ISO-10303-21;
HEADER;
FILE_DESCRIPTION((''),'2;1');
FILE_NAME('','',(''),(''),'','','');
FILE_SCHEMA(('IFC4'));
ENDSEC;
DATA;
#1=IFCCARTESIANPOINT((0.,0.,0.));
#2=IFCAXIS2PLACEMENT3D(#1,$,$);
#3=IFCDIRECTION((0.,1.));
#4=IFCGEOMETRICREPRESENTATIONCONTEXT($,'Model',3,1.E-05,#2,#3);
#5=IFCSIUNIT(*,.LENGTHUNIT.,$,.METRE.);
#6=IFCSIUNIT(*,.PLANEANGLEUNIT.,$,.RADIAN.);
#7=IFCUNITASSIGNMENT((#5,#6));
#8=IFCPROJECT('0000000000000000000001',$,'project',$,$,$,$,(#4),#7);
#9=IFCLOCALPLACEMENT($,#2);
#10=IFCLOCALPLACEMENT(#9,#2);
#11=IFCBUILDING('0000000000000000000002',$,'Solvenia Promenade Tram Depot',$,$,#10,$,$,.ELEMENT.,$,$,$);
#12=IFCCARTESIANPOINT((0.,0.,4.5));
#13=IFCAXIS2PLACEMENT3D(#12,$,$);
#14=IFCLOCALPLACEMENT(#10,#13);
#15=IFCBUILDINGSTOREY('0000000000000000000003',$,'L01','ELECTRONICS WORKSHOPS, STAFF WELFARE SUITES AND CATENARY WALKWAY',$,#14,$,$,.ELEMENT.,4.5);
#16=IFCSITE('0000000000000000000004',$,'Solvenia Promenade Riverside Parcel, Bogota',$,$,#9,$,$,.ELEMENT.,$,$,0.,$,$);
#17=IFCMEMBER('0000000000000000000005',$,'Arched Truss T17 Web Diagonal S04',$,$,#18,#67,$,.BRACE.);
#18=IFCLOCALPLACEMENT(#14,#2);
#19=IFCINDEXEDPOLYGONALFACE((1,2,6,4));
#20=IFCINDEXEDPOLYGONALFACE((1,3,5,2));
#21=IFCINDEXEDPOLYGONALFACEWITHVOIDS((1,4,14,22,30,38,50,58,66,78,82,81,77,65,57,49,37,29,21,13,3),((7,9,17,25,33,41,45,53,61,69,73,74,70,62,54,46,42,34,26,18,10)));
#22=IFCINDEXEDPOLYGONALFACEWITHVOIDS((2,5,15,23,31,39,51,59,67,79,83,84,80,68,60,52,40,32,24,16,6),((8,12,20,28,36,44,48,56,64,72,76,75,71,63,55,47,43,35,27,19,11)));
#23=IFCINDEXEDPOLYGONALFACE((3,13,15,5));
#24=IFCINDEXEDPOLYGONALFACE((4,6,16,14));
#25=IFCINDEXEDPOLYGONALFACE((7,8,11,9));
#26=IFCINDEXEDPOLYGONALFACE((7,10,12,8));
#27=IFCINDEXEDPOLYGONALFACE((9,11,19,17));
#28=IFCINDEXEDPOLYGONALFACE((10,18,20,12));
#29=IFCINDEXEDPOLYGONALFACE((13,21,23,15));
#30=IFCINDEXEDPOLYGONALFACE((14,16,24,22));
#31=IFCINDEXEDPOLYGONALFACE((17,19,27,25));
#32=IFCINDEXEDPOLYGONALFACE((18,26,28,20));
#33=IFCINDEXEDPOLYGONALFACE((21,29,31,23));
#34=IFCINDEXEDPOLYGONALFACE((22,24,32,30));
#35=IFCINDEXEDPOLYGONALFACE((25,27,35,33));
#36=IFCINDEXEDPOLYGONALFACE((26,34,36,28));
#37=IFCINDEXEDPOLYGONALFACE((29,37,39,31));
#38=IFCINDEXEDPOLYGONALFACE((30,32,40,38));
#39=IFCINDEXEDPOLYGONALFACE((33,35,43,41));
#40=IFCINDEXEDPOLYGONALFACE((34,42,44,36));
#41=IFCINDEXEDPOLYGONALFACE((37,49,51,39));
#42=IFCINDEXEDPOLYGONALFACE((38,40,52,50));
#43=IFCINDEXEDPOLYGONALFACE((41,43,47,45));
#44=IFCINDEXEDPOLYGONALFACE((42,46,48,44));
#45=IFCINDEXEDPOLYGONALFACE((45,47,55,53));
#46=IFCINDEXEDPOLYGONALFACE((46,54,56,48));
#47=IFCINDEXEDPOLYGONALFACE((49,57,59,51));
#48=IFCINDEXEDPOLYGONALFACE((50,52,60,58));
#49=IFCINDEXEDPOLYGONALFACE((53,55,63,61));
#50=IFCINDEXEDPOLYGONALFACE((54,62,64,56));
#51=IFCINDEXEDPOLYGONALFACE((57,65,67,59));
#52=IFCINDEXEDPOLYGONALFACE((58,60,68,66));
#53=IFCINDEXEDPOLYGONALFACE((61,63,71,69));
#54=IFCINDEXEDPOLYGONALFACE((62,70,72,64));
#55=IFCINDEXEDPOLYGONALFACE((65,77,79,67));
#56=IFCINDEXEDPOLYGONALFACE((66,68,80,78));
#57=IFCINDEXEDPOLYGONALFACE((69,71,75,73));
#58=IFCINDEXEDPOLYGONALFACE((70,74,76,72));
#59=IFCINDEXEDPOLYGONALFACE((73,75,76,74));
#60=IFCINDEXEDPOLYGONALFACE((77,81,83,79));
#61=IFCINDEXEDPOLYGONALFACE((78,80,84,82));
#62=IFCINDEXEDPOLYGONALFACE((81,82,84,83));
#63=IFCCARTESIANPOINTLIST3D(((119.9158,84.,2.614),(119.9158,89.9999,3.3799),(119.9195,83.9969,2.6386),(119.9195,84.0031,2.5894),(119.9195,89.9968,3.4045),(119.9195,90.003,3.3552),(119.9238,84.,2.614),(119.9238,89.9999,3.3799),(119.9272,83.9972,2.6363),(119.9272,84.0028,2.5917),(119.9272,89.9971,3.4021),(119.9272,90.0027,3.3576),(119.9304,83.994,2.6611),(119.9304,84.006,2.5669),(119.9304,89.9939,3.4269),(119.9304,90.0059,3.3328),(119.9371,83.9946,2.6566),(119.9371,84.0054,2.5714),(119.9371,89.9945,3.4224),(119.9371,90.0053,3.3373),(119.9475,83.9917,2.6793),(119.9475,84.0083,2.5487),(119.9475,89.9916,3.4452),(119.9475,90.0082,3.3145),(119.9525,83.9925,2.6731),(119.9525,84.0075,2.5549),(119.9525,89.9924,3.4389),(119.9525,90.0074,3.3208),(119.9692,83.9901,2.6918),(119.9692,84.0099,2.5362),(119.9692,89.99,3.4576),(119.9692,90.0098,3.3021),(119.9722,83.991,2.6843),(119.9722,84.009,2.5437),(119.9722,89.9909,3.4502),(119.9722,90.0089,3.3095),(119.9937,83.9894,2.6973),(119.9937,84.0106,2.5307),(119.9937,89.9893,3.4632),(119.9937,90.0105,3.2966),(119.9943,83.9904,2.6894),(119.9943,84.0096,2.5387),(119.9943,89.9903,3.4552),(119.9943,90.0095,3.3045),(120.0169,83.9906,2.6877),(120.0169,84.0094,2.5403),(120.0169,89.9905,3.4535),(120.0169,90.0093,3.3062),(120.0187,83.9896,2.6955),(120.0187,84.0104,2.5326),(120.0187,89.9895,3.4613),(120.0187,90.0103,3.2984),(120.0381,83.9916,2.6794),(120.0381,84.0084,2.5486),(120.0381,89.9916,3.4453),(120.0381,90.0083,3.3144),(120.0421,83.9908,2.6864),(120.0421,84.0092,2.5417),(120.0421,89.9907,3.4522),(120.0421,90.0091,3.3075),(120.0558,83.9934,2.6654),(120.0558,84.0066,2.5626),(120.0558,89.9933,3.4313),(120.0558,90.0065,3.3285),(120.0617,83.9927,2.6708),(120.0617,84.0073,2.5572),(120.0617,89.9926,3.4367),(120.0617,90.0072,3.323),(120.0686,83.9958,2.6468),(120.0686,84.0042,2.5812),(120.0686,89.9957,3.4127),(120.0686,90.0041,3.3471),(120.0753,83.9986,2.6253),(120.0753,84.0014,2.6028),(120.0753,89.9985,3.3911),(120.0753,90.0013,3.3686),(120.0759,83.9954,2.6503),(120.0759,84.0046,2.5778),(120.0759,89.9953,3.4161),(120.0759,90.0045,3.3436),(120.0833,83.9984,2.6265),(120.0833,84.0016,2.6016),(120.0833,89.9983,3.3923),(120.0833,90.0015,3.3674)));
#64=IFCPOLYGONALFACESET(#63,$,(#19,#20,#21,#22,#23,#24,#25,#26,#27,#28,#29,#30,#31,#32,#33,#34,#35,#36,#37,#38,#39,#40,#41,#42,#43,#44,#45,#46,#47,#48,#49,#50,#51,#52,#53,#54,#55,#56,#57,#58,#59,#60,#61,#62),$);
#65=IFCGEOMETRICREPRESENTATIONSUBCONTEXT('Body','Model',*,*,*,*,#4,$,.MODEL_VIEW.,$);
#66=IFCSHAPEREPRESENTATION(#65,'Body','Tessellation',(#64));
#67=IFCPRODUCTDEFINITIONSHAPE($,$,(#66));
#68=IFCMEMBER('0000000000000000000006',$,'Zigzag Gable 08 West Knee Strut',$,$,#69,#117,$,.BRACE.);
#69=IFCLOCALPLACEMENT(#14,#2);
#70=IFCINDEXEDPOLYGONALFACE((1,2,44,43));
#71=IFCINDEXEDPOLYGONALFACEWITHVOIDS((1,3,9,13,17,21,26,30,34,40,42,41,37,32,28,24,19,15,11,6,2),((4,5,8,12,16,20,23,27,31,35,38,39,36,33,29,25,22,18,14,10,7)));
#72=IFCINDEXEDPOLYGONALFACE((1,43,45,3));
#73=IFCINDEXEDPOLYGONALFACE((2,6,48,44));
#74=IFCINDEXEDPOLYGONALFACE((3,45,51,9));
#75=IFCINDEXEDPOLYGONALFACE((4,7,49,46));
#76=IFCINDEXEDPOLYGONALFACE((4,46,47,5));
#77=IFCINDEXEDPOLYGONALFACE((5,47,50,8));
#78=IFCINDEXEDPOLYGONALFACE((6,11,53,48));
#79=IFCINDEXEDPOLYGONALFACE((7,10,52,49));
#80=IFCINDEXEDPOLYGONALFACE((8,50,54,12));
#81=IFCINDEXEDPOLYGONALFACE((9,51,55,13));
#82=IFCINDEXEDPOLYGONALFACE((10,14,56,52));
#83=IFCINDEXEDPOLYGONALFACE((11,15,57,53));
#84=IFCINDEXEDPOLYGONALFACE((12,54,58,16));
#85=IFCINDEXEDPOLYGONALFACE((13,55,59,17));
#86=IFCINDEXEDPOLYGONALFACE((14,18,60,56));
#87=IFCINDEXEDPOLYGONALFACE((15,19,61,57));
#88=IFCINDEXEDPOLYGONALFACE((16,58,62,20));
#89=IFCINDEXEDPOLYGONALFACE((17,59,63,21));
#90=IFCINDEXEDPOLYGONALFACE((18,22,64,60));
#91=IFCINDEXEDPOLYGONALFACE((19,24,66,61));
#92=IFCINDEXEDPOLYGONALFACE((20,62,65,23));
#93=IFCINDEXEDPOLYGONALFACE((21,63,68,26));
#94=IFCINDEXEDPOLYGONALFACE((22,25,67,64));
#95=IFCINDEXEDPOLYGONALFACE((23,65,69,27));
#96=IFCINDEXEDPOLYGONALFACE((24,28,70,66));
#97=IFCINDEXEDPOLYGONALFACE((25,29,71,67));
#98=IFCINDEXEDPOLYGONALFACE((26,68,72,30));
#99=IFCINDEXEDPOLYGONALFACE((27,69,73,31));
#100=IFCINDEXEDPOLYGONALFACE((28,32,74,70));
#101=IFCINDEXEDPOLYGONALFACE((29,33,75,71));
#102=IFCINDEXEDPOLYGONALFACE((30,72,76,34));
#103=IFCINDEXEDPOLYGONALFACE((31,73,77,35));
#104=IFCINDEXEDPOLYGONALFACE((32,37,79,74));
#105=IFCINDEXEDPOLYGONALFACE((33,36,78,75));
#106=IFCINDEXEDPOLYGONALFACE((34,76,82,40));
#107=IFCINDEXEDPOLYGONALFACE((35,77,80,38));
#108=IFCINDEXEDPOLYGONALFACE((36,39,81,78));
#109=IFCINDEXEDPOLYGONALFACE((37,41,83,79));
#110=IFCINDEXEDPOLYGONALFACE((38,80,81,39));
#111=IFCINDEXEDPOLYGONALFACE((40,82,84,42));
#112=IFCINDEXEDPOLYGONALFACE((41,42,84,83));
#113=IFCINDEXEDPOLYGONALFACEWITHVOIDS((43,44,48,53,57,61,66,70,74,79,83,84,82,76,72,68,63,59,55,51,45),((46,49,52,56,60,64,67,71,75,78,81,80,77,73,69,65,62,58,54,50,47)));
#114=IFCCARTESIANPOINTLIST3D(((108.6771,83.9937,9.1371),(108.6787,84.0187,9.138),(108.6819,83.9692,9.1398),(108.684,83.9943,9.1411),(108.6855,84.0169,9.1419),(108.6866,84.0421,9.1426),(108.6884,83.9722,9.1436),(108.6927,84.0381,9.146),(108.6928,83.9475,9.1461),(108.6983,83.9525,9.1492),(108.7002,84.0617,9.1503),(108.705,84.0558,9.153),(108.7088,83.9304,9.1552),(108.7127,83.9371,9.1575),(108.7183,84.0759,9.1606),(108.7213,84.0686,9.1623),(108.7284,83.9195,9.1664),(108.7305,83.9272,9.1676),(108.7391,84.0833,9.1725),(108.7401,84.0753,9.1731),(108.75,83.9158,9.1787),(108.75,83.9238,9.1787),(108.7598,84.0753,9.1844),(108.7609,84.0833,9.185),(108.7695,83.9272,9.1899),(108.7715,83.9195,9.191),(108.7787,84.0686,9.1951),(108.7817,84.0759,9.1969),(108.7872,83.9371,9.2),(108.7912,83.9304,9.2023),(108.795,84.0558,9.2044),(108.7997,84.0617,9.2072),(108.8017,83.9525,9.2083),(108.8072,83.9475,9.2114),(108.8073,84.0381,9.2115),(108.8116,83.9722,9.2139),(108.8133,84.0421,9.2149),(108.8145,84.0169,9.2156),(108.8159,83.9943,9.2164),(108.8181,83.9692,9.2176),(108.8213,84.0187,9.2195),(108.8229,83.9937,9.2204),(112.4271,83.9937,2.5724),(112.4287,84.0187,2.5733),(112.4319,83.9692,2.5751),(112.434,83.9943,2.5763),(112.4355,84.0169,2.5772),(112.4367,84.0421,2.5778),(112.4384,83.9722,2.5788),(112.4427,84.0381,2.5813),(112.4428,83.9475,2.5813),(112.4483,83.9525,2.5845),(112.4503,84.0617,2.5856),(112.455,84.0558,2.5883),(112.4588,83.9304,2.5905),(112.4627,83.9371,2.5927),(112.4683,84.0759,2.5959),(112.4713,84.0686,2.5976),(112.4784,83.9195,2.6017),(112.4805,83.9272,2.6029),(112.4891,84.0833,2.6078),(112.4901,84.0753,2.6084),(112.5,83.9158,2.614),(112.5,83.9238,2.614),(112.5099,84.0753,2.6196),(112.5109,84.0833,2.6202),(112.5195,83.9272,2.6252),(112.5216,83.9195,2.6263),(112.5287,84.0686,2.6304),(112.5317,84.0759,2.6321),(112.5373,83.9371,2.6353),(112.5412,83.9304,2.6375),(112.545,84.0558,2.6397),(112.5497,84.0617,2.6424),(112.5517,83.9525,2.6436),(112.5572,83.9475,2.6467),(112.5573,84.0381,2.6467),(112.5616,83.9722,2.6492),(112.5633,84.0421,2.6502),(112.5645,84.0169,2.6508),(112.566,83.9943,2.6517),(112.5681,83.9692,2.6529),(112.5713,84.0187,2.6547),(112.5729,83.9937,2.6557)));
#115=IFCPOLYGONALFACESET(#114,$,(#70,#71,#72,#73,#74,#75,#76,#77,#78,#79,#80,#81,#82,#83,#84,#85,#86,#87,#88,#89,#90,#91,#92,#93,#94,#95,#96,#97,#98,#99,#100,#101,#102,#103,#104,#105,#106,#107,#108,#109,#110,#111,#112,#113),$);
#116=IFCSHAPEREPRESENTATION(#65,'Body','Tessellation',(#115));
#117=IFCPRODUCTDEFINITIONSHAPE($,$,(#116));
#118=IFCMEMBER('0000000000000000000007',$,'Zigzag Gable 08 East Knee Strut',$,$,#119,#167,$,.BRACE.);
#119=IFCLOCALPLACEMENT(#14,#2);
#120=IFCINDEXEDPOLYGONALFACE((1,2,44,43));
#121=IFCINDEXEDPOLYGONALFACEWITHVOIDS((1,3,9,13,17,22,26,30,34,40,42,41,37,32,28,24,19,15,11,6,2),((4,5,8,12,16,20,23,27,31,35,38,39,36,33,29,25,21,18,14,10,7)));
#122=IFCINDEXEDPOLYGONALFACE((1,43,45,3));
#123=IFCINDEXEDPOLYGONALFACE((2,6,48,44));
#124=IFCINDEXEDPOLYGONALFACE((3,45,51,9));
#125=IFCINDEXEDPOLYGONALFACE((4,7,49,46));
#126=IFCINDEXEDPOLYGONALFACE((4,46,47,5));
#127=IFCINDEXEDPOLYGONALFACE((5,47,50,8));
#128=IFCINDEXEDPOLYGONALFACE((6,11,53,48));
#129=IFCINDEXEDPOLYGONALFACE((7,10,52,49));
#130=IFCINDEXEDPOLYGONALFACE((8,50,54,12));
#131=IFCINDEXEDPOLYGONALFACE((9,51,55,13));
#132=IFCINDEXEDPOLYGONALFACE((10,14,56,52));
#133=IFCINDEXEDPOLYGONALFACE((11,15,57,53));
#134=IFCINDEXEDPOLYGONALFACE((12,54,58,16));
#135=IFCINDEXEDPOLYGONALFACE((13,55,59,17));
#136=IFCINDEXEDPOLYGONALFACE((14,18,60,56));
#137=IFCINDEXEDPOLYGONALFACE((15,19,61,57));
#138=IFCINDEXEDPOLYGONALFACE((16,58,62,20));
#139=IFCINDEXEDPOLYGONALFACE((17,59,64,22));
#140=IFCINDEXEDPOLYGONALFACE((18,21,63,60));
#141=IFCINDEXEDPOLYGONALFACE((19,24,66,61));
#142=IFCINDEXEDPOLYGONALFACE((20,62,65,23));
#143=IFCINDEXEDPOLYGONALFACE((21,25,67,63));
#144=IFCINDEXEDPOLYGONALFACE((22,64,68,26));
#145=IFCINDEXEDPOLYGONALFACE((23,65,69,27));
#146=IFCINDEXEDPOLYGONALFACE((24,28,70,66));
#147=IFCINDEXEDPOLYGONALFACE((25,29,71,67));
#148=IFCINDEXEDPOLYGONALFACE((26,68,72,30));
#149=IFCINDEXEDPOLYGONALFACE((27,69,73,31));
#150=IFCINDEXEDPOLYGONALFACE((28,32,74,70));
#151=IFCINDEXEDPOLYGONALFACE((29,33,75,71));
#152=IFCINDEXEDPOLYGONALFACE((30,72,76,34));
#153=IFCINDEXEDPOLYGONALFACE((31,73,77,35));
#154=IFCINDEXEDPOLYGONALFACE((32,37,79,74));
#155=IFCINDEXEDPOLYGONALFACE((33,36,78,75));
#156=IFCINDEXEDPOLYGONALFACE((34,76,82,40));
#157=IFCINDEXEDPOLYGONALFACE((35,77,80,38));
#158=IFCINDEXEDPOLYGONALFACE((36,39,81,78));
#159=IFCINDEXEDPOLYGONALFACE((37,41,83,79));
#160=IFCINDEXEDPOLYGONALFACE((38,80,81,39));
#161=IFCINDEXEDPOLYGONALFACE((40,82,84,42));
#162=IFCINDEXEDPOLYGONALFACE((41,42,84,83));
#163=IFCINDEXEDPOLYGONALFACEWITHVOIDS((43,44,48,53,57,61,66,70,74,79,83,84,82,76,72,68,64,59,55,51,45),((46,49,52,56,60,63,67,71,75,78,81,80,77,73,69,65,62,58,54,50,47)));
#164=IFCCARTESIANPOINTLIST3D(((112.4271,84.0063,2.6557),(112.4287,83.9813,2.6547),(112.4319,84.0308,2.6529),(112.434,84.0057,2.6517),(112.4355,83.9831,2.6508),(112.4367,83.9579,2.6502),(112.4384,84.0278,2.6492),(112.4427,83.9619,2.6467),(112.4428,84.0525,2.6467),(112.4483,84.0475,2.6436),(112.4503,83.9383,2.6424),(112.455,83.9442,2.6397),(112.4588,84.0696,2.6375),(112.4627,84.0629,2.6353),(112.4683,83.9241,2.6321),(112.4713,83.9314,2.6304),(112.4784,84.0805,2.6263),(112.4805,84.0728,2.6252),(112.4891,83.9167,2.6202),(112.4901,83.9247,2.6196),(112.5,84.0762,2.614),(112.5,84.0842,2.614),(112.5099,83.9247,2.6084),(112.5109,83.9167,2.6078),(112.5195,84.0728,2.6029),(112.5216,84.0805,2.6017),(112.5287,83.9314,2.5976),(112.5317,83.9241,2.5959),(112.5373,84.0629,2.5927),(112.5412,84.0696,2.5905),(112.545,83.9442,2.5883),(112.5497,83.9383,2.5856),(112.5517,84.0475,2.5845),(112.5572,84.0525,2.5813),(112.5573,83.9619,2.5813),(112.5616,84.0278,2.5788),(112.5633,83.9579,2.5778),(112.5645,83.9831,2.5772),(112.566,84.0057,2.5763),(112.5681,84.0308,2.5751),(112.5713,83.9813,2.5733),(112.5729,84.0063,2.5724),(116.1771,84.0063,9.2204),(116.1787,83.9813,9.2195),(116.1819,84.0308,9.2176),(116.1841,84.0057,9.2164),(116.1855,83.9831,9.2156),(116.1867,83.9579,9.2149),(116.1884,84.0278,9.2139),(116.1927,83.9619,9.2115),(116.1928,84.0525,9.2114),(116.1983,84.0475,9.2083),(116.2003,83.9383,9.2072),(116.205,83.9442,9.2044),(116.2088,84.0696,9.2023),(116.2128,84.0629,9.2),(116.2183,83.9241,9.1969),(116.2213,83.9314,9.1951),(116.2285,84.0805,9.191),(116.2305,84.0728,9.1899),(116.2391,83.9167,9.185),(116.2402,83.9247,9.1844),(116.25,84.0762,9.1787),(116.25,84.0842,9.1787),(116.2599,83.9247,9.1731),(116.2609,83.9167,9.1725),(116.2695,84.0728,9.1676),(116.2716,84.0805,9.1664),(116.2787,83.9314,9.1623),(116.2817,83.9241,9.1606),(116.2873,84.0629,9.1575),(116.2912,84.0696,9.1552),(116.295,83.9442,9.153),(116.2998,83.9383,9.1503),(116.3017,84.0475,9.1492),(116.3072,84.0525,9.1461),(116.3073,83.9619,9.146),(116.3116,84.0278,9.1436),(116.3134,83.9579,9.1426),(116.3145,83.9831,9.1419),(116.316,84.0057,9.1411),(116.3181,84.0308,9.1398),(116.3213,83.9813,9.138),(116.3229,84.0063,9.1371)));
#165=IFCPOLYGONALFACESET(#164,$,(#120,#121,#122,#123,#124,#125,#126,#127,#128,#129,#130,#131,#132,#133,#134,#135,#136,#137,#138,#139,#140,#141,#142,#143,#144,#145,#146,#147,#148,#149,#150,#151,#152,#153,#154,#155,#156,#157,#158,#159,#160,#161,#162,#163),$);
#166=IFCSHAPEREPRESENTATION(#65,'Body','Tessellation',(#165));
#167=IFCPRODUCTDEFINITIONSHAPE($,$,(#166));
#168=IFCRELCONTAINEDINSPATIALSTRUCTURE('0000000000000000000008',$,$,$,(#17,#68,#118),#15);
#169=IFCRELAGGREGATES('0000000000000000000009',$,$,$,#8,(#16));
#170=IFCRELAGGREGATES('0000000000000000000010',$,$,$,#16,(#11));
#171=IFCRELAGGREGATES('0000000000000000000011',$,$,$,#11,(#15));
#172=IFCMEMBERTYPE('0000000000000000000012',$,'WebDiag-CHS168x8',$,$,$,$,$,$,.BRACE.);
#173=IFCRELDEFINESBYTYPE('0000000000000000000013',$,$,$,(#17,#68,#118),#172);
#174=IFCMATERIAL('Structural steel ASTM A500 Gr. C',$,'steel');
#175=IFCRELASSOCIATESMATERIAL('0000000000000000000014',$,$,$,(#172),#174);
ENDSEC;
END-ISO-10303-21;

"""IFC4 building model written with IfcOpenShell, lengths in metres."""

from ifc_helpers import new_model, si_unit, direction, frame, origin, origin_2d, place, context, subcontext, project, spatial, hollow_circle, extrude, material, material_profile, profile_set, type_object, element, save


model = new_model("IFC4")

# Units and contexts
model_context = context("Model", 3, precision=1e-05, world=origin(), true_north=direction((0.0, 1.0)))
body_context = subcontext(model_context, "Body", "Model", "MODEL_VIEW")
ifc_project = project(units=[si_unit("LENGTHUNIT", "METRE"), si_unit("PLANEANGLEUNIT", "RADIAN")], contexts=[model_context])

# Site, building, storey
site_placement = place(None, origin())
site = spatial("IfcSite", under=ifc_project, at=site_placement, Name="Solvenia Promenade Riverside Parcel, Bogota", CompositionType="ELEMENT", RefElevation=0.0)
building_placement = place(site_placement, origin())
building = spatial("IfcBuilding", under=site, at=building_placement, Name="Solvenia Promenade Tram Depot", CompositionType="ELEMENT")
storey_placement = place(building_placement, frame((0.0, 0.0, 4.5)))
storey = spatial("IfcBuildingStorey", under=building, at=storey_placement, Name="L01", Description="ELECTRONICS WORKSHOPS, STAFF WELFARE SUITES AND CATENARY WALKWAY", CompositionType="ELEMENT", Elevation=4.5)

# Shared definitions
ifc_material_1 = material(Name="Structural steel ASTM A500 Gr. C", Category="steel")

# Members
ifc_material_profile_1 = material_profile(ifc_material_1, hollow_circle(Radius=0.0842, WallThickness=0.0081, at=origin_2d()), Name="CHS168.3x8", Category="steel")
ifc_profile_set_1 = profile_set([ifc_material_profile_1], Name="Structural steel ASTM A500 Gr. C")
member_type_1 = type_object("IfcMemberType", Name="WebDiag-CHS168x8", PredefinedType="BRACE", material=ifc_profile_set_1)
member_1_placement = place(storey_placement, frame((120.0, 84.0, 2.614), z_axis=(0.0, 0.991952, 0.126618), x_axis=(-1.0, 0.0, 0.0)))
element("IfcMember", 1, at=member_1_placement, inside=storey, type_object=member_type_1, Name="Arched Truss T17 Web Diagonal S04", PredefinedType="BRACE", context=body_context, shape_type="SweptSolid", body=[
    extrude(hollow_circle(Radius=0.0842, WallThickness=0.0081, at=origin_2d()), origin(), (0.0, 0.0, 1.0), 6.0486),
])
for number, where, z_axis, x_axis, name in (
    (2, (112.5, 84.0, 2.614), (-0.496014, 0.0, 0.868315), (0.0, -1.0, 0.0), "Zigzag Gable 08 West Knee Strut"),
    (3, (112.5, 84.0, 2.614), (0.496014, 0.0, 0.868315), (0.0, 1.0, 0.0), "Zigzag Gable 08 East Knee Strut"),
):
    element("IfcMember", number, at=place(storey_placement, frame(where, z_axis=z_axis, x_axis=x_axis)), inside=storey, type_object=member_type_1, Name=name, PredefinedType="BRACE", context=body_context, shape_type="SweptSolid", body=[
        extrude(hollow_circle(Radius=0.0842, WallThickness=0.0081, at=origin_2d()), origin(), (0.0, 0.0, 1.0), 7.5603),
    ])

save(model, "model.ifc")
